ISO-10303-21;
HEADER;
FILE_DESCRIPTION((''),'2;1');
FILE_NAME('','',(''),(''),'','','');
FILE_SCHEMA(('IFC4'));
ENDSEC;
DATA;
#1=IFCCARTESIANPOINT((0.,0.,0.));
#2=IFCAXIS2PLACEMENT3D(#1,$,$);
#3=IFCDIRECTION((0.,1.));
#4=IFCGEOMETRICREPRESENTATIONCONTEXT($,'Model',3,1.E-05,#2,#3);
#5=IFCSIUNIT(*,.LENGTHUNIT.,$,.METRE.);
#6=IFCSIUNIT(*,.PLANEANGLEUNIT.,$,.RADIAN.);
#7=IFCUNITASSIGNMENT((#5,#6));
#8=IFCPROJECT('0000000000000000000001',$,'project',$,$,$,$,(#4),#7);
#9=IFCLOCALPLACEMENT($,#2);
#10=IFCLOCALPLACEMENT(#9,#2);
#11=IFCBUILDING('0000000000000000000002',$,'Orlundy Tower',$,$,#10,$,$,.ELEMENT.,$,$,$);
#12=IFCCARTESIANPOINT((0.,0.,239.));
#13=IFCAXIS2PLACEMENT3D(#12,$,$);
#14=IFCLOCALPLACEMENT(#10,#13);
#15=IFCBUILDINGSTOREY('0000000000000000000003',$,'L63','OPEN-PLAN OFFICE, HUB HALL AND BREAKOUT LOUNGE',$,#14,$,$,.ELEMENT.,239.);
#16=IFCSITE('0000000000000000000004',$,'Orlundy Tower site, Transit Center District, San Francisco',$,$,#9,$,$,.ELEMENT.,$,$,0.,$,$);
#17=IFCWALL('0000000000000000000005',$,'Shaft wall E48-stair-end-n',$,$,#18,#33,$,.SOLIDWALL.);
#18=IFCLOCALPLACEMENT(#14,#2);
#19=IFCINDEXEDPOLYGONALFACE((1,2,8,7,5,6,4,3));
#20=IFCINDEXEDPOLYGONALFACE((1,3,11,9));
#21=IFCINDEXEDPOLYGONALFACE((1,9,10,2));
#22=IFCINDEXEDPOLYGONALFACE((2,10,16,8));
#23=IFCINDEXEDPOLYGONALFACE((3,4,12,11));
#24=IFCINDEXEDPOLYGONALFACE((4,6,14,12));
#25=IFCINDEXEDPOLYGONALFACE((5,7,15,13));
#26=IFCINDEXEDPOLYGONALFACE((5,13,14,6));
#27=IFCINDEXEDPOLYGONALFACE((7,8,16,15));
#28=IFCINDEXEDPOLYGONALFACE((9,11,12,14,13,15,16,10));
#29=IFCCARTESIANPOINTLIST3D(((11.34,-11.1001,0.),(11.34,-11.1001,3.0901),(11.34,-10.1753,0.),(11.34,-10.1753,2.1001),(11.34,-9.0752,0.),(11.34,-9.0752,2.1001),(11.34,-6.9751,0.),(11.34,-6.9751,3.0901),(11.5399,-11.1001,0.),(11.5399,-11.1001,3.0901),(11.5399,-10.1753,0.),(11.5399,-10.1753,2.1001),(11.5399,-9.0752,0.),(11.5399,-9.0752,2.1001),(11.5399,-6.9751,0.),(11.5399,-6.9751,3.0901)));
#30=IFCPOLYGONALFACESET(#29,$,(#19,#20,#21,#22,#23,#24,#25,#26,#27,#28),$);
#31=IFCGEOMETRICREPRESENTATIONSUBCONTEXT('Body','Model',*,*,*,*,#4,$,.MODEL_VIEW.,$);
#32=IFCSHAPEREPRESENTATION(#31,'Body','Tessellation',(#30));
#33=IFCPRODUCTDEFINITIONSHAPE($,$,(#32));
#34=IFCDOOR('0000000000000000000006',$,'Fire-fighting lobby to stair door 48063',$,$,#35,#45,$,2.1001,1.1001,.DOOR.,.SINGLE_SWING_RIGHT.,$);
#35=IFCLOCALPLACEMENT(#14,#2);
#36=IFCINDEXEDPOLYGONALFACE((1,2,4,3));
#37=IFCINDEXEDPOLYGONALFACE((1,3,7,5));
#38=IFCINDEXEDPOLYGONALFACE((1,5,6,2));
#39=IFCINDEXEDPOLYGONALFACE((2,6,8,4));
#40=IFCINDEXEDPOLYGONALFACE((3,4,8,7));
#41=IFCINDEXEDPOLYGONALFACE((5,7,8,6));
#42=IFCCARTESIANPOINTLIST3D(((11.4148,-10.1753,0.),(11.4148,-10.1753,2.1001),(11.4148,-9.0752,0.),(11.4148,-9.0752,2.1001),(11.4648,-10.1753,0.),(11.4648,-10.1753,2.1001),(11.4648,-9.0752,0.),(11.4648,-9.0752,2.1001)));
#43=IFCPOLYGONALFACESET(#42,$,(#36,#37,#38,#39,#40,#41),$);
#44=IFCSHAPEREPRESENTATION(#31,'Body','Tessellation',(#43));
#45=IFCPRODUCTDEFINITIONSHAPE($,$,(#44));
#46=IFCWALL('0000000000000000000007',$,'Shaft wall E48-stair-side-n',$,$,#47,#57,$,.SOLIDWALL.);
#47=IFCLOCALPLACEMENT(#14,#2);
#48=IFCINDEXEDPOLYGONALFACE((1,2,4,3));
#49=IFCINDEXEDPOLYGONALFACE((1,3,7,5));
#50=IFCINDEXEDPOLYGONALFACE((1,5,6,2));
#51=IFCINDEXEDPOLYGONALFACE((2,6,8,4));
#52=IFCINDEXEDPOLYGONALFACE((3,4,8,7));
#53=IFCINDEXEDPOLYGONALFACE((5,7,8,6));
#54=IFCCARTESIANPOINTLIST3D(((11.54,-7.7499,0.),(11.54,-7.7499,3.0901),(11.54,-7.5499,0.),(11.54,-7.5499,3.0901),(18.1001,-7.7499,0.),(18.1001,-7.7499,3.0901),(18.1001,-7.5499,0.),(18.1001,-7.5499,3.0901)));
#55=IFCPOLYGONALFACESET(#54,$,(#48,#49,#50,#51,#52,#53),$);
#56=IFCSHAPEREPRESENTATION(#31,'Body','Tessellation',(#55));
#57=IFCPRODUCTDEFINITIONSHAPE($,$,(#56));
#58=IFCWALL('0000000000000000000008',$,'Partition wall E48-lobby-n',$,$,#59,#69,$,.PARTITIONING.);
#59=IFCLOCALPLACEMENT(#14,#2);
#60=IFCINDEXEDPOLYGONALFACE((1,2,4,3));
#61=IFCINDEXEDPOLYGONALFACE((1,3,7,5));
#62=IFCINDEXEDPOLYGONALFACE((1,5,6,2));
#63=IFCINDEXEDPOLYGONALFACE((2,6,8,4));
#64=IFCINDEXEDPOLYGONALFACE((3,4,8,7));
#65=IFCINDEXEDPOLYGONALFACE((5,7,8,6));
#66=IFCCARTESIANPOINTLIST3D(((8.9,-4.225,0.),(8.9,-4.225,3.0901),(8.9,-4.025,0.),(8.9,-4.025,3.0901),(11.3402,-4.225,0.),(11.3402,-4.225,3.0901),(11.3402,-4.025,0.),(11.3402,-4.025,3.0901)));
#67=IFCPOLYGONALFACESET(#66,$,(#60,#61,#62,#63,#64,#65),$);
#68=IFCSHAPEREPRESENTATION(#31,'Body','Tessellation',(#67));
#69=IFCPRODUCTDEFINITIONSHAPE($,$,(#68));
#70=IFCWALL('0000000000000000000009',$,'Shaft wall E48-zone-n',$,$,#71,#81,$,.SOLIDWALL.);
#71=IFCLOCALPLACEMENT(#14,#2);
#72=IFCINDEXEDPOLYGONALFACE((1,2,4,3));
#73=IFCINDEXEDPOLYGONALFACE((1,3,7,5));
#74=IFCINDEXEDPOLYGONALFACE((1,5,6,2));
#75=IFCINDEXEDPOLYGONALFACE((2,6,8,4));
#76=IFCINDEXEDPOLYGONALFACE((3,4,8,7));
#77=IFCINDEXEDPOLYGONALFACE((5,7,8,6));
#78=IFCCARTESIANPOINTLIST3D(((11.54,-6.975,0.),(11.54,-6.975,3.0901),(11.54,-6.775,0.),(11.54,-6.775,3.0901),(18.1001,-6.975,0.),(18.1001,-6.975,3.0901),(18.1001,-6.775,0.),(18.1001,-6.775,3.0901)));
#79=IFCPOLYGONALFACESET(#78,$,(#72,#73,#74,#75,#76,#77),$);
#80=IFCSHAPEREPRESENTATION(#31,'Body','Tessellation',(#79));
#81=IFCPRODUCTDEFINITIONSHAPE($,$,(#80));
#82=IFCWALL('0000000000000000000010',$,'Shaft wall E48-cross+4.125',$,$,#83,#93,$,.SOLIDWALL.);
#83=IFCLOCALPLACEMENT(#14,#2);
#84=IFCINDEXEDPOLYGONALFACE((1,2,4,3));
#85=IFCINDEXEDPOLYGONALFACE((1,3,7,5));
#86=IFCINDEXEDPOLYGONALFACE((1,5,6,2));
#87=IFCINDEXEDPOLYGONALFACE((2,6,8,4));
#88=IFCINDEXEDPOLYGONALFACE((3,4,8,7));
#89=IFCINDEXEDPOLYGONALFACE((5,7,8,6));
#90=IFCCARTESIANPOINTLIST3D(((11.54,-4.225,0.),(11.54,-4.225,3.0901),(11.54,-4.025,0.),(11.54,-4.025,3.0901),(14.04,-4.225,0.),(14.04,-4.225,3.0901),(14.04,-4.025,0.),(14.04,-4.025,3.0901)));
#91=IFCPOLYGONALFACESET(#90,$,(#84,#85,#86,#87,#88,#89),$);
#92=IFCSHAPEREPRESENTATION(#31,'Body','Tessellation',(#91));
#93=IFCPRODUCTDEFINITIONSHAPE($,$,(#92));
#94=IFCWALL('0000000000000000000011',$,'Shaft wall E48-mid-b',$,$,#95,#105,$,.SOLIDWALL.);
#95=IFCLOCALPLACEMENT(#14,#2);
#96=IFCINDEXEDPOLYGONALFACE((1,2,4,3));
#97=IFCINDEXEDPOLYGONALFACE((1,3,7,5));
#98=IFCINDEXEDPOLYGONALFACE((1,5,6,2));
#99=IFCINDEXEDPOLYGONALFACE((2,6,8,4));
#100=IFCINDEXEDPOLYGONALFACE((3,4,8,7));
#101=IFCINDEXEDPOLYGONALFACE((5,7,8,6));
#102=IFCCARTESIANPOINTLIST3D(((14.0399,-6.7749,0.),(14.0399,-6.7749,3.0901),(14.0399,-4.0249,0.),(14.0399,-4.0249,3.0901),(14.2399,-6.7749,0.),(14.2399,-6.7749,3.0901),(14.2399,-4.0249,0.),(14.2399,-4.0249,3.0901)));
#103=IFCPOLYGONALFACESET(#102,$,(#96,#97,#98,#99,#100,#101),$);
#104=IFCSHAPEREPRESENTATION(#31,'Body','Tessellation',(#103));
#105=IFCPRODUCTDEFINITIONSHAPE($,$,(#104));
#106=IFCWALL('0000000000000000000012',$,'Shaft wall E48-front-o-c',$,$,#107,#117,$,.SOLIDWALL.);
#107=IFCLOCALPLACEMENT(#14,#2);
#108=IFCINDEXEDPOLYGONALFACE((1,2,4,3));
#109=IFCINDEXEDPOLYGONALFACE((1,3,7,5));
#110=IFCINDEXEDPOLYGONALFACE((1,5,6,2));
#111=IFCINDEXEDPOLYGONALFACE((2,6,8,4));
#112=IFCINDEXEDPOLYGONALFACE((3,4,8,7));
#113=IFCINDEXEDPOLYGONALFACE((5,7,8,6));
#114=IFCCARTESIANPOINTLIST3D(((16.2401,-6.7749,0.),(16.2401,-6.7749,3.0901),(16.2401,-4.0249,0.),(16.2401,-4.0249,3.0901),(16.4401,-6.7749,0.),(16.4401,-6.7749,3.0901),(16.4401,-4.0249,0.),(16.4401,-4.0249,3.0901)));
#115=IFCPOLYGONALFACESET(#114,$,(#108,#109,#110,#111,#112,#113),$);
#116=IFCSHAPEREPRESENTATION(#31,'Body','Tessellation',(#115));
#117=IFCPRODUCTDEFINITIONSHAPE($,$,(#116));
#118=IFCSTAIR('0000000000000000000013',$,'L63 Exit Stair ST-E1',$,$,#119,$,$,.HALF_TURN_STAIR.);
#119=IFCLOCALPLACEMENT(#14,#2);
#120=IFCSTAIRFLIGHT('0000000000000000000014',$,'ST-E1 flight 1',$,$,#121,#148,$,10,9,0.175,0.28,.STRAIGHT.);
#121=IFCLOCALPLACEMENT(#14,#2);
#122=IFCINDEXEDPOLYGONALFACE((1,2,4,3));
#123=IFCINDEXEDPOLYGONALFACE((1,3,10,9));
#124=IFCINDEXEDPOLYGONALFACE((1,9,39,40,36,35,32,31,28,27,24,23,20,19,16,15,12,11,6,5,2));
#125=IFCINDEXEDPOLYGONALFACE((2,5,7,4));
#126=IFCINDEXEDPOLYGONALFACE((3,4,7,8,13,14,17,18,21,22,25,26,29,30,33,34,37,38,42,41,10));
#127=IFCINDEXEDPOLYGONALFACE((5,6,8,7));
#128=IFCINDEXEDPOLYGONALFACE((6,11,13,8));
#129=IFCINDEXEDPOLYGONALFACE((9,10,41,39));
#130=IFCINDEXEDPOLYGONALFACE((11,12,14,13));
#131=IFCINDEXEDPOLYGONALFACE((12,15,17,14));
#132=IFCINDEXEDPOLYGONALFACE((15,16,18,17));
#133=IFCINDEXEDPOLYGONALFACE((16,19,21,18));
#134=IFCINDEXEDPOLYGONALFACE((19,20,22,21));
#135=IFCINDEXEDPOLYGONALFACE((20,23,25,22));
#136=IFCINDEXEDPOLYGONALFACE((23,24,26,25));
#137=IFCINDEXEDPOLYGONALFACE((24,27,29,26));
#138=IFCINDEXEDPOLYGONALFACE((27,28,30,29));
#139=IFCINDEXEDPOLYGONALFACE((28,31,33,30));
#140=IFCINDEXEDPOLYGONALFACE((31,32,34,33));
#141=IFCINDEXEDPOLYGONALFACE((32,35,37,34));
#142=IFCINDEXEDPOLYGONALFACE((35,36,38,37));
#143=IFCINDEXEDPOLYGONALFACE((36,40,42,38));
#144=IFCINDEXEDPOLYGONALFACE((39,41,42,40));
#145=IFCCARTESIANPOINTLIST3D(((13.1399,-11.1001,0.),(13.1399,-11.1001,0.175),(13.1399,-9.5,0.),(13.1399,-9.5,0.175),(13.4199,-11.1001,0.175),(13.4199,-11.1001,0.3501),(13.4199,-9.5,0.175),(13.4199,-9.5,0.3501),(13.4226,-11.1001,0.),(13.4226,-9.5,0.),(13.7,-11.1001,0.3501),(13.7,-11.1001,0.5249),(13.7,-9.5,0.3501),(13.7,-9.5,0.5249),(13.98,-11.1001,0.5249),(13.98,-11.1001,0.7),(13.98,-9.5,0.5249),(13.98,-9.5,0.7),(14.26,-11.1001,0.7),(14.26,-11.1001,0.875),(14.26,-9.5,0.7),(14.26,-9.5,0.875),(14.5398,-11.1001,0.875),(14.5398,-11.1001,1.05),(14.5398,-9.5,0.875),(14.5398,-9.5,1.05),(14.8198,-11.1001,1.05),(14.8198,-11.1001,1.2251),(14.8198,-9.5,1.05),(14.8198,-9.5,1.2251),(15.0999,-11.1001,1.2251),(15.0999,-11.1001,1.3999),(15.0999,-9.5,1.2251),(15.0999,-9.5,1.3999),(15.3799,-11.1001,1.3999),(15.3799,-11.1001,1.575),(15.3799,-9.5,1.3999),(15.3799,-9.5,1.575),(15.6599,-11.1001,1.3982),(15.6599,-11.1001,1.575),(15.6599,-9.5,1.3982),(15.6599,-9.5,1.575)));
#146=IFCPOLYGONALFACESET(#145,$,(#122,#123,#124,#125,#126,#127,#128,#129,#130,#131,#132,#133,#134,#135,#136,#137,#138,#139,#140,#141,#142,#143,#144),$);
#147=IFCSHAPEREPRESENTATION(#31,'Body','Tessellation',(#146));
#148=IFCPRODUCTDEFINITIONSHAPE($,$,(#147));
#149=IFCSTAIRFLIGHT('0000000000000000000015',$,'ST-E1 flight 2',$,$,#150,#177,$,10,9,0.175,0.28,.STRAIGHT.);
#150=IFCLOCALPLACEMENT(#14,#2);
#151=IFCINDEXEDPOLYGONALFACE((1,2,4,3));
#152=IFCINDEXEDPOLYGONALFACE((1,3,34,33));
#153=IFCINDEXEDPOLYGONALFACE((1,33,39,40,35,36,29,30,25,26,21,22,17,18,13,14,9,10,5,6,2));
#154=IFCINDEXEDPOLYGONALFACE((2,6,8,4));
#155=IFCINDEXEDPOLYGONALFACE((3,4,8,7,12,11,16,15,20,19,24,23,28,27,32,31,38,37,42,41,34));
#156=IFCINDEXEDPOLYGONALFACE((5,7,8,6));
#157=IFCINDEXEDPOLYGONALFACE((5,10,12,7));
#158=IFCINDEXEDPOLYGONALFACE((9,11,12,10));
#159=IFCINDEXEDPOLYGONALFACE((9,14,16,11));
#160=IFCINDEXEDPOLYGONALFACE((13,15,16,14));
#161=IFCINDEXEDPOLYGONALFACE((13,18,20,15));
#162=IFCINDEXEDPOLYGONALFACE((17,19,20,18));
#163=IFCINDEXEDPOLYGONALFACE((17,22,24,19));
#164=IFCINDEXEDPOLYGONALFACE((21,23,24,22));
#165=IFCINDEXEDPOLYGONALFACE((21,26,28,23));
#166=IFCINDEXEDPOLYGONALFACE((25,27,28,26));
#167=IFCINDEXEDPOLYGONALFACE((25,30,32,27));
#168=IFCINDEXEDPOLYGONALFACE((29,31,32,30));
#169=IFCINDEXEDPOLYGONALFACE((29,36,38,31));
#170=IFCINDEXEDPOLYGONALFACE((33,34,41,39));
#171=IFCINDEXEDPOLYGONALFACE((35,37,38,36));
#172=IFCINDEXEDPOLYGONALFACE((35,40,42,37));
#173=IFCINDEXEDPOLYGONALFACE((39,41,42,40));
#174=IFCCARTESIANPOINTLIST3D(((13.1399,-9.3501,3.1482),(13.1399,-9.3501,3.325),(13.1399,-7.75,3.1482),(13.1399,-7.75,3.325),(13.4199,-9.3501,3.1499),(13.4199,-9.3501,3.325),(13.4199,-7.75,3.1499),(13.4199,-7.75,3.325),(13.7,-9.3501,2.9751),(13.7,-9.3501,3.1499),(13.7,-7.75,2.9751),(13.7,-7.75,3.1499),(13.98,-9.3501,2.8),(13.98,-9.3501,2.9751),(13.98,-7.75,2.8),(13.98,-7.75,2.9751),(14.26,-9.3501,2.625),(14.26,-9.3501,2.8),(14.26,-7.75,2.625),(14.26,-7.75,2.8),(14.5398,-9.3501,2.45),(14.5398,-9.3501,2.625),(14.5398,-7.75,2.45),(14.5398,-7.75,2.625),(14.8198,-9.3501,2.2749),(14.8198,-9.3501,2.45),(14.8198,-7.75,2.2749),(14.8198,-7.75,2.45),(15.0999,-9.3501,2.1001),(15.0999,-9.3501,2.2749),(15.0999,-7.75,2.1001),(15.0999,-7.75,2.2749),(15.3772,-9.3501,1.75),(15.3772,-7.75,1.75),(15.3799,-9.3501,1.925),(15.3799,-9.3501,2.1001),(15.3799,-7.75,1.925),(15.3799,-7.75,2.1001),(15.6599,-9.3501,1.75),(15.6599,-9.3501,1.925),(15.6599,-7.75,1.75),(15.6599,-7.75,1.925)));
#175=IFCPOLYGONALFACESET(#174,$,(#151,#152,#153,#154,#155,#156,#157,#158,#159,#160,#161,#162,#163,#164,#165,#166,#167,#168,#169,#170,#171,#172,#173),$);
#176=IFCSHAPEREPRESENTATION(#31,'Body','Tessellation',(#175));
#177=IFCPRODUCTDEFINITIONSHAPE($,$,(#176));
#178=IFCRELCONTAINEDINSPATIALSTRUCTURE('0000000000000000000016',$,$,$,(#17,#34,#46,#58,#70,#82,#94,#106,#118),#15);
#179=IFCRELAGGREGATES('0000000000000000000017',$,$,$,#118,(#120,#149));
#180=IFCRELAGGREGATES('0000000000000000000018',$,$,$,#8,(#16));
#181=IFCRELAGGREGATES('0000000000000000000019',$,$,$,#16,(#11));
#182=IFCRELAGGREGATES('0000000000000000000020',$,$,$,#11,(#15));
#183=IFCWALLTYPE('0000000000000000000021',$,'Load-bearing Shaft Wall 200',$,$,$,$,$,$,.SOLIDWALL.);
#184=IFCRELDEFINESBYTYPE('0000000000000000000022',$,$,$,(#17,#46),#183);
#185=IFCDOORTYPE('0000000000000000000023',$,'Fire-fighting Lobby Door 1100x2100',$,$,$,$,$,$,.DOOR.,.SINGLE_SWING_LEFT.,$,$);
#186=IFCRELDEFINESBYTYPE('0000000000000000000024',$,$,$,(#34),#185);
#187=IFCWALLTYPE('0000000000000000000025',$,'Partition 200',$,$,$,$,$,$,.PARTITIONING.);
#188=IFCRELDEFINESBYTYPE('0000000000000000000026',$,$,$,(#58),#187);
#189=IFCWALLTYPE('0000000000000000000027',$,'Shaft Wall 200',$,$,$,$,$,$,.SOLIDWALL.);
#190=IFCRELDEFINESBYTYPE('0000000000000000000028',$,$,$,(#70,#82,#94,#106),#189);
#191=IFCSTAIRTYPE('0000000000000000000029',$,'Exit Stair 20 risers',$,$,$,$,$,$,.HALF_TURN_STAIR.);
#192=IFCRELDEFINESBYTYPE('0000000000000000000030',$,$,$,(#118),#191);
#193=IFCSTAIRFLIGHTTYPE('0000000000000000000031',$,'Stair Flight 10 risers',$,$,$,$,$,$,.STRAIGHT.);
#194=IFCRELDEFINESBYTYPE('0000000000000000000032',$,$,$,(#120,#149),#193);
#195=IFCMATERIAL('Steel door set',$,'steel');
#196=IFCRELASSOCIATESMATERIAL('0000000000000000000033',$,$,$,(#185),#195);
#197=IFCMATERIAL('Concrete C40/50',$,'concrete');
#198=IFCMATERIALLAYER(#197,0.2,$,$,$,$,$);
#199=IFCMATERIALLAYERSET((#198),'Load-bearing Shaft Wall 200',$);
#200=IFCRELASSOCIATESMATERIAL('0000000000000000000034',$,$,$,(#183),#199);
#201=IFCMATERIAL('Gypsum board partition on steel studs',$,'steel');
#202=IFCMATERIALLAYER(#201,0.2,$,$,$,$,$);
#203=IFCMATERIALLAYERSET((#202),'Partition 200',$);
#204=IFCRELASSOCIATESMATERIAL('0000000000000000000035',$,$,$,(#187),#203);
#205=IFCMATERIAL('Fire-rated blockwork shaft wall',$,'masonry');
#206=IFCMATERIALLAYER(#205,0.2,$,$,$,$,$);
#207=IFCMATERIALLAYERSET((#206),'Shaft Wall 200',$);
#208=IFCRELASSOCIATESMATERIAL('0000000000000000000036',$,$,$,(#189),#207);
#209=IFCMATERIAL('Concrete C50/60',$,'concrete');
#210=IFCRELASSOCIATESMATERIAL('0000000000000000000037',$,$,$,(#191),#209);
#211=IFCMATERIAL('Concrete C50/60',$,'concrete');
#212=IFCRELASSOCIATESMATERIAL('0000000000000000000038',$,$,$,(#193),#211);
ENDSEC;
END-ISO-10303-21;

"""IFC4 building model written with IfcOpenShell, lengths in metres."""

from ifc_helpers import new_model, si_unit, direction, frame, frame_2d, origin, place, context, subcontext, project, spatial, polyline, rectangle, outline, extrude, material, layer, layer_set, type_object, element, fill, aggregate, save


model = new_model("IFC4")

# Units and contexts
model_context = context("Model", 3, precision=1e-05, world=origin(), true_north=direction((0.0, 1.0)))
body_context = subcontext(model_context, "Body", "Model", "MODEL_VIEW")
ifc_project = project(units=[si_unit("LENGTHUNIT", "METRE"), si_unit("PLANEANGLEUNIT", "RADIAN")], contexts=[model_context])

# Site, building, storey
site_placement = place(None, origin())
site = spatial("IfcSite", under=ifc_project, at=site_placement, Name="Orlundy Tower site, Transit Center District, San Francisco", CompositionType="ELEMENT", RefElevation=0.0)
building_placement = place(site_placement, origin())
building = spatial("IfcBuilding", under=site, at=building_placement, Name="Orlundy Tower", CompositionType="ELEMENT")
storey_placement = place(building_placement, frame((0.0, 0.0, 239.0)))
storey = spatial("IfcBuildingStorey", under=building, at=storey_placement, Name="L63", Description="OPEN-PLAN OFFICE, HUB HALL AND BREAKOUT LOUNGE", CompositionType="ELEMENT", Elevation=239.0)

# Shared definitions
ifc_material_1 = material(Name="Steel door set", Category="steel")
door_type_1 = type_object("IfcDoorType", Name="Fire-fighting Lobby Door 1100x2100", OperationType="SINGLE_SWING_LEFT", PredefinedType="DOOR", material=ifc_material_1)

# Wall, opening, door
ifc_material_2 = material(Name="Concrete C40/50", Category="concrete")
ifc_layer_1 = layer(ifc_material_2, 0.2)
ifc_layer_set_1 = layer_set([ifc_layer_1], Name="Load-bearing Shaft Wall 200")
wall_type_1 = type_object("IfcWallType", Name="Load-bearing Shaft Wall 200", PredefinedType="SOLIDWALL", material=ifc_layer_set_1)
wall_1_placement = place(storey_placement, frame((11.4399, -6.9751, 0.0), z_axis=(0.0, 0.0, 1.0), x_axis=(0.0, -1.0, 0.0)))
wall_1 = element("IfcWall", 1, at=wall_1_placement, inside=storey, type_object=wall_type_1, Name="Shaft wall E48-stair-end-n", PredefinedType="SOLIDWALL", context=body_context, shape_type="SweptSolid", body=[
    extrude(rectangle(XDim=4.125, YDim=0.2, at=frame_2d((2.0625, 0.0))), origin(), (0.0, 0.0, 1.0), 3.0901),
])
opening_1_placement = place(wall_1_placement, frame((2.1001, 0.0, 0.0)))
opening_1 = element("IfcOpeningElement", 2, at=opening_1_placement, cuts=wall_1, PredefinedType="OPENING", context=body_context, shape_type="SweptSolid", body=[
    extrude(rectangle(XDim=1.1001, YDim=2.1001, at=frame_2d((0.55, 1.05))), frame((0.0, 0.1101, 0.0), z_axis=(0.0, -1.0, 0.0), x_axis=(1.0, 0.0, 0.0)), (0.0, 0.0, 1.0), 0.2202),
])
door_1_placement = place(opening_1_placement, origin())
door_1 = element("IfcDoor", 3, at=door_1_placement, inside=storey, type_object=door_type_1, Name="Fire-fighting lobby to stair door 48063", OperationType="SINGLE_SWING_RIGHT", OverallHeight=2.1001, OverallWidth=1.1001, PredefinedType="DOOR", context=body_context, shape_type="SweptSolid", body=[
    extrude(rectangle(XDim=1.1001, YDim=2.1001, at=frame_2d((0.55, 1.05))), frame((0.0, 0.0249, 0.0), z_axis=(0.0, -1.0, 0.0), x_axis=(1.0, 0.0, 0.0)), (0.0, 0.0, 1.0), 0.05),
])
fill(opening_1, door_1)

# Walls
wall_2_placement = place(storey_placement, frame((11.54, -7.6499, 0.0), z_axis=(0.0, 0.0, 1.0), x_axis=(1.0, 0.0, 0.0)))
element("IfcWall", 4, at=wall_2_placement, inside=storey, type_object=wall_type_1, Name="Shaft wall E48-stair-side-n", PredefinedType="SOLIDWALL", context=body_context, shape_type="SweptSolid", body=[
    extrude(rectangle(XDim=6.5601, YDim=0.2, at=frame_2d((3.28, 0.0))), origin(), (0.0, 0.0, 1.0), 3.0901),
])
ifc_material_3 = material(Name="Gypsum board partition on steel studs", Category="steel")
ifc_layer_2 = layer(ifc_material_3, 0.2)
ifc_layer_set_2 = layer_set([ifc_layer_2], Name="Partition 200")
wall_type_2 = type_object("IfcWallType", Name="Partition 200", PredefinedType="PARTITIONING", material=ifc_layer_set_2)
wall_3_placement = place(storey_placement, frame((8.8999, -4.125, 0.0), z_axis=(0.0, 0.0, 1.0), x_axis=(1.0, 0.0, 0.0)))
element("IfcWall", 5, at=wall_3_placement, inside=storey, type_object=wall_type_2, Name="Partition wall E48-lobby-n", PredefinedType="PARTITIONING", context=body_context, shape_type="SweptSolid", body=[
    extrude(rectangle(XDim=2.4402, YDim=0.2, at=frame_2d((1.2202, 0.0))), origin(), (0.0, 0.0, 1.0), 3.0901),
])
ifc_material_4 = material(Name="Fire-rated blockwork shaft wall", Category="masonry")
ifc_layer_3 = layer(ifc_material_4, 0.2)
ifc_layer_set_3 = layer_set([ifc_layer_3], Name="Shaft Wall 200")
wall_type_3 = type_object("IfcWallType", Name="Shaft Wall 200", PredefinedType="SOLIDWALL", material=ifc_layer_set_3)
wall_4_placement = place(storey_placement, frame((11.54, -6.875, 0.0), z_axis=(0.0, 0.0, 1.0), x_axis=(1.0, 0.0, 0.0)))
element("IfcWall", 6, at=wall_4_placement, inside=storey, type_object=wall_type_3, Name="Shaft wall E48-zone-n", PredefinedType="SOLIDWALL", context=body_context, shape_type="SweptSolid", body=[
    extrude(rectangle(XDim=6.5601, YDim=0.2, at=frame_2d((3.28, 0.0))), origin(), (0.0, 0.0, 1.0), 3.0901),
])
wall_5_placement = place(storey_placement, frame((11.54, -4.125, 0.0), z_axis=(0.0, 0.0, 1.0), x_axis=(1.0, 0.0, 0.0)))
element("IfcWall", 7, at=wall_5_placement, inside=storey, type_object=wall_type_3, Name="Shaft wall E48-cross+4.125", PredefinedType="SOLIDWALL", context=body_context, shape_type="SweptSolid", body=[
    extrude(rectangle(XDim=2.5, YDim=0.2, at=frame_2d((1.25, 0.0))), origin(), (0.0, 0.0, 1.0), 3.0901),
])
for number, where, z_axis, x_axis, name in (
    (8, (14.1399, -4.0249, 0.0), (0.0, 0.0, 1.0), (0.0, -1.0, 0.0), "Shaft wall E48-mid-b"),
    (9, (16.3401, -4.0249, 0.0), (0.0, 0.0, 1.0), (0.0, -1.0, 0.0), "Shaft wall E48-front-o-c"),
):
    element("IfcWall", number, at=place(storey_placement, frame(where, z_axis=z_axis, x_axis=x_axis)), inside=storey, type_object=wall_type_3, Name=name, PredefinedType="SOLIDWALL", context=body_context, shape_type="SweptSolid", body=[
        extrude(rectangle(XDim=2.75, YDim=0.2, at=frame_2d((1.375, 0.0))), origin(), (0.0, 0.0, 1.0), 3.0901),
    ])

# Stair, stair flights
ifc_material_5 = material(Name="Concrete C50/60", Category="concrete")
stair_type = type_object("IfcStairType", Name="Exit Stair 20 risers", PredefinedType="HALF_TURN_STAIR", material=ifc_material_5)
stair_placement = place(storey_placement, origin())
stair = element("IfcStair", 10, at=stair_placement, inside=storey, type_object=stair_type, Name="L63 Exit Stair ST-E1", PredefinedType="HALF_TURN_STAIR")
ifc_material_6 = material(Name="Concrete C50/60", Category="concrete")
stair_flight_type = type_object("IfcStairFlightType", Name="Stair Flight 10 risers", PredefinedType="STRAIGHT", material=ifc_material_6)
stair_flight_1_placement = place(storey_placement, frame((13.1399, -10.3, 0.0), z_axis=(0.0, 0.0, 1.0), x_axis=(1.0, 0.0, 0.0)))
stair_flight_1 = element("IfcStairFlight", 11, at=stair_flight_1_placement, type_object=stair_flight_type, Name="ST-E1 flight 1", NumberOfRisers=10, NumberOfTreads=9, PredefinedType="STRAIGHT", RiserHeight=0.175, TreadLength=0.28, context=body_context, shape_type="SweptSolid", body=[
    extrude(outline(polyline([(0.0, 0.0), (0.0, 0.175), (0.28, 0.175), (0.28, 0.3501), (0.5601, 0.3501), (0.5601, 0.5249), (0.8401, 0.5249), (0.8401, 0.7), (1.1201, 0.7), (1.1201, 0.875), (1.3999, 0.875), (1.3999, 1.05), (1.6799, 1.05), (1.6799, 1.2251), (1.96, 1.2251), (1.96, 1.3999), (2.24, 1.3999), (2.24, 1.575), (2.52, 1.575), (2.52, 1.75), (2.52, 1.3982), (0.2827, 0.0), (0.0, 0.0)])), frame((0.0, 0.8, 0.0), z_axis=(0.0, -1.0, 0.0), x_axis=(1.0, 0.0, 0.0)), (0.0, 0.0, 1.0), 1.6001),
])
stair_flight_2_placement = place(storey_placement, frame((15.6599, -8.55, 1.75), z_axis=(0.0, 0.0, 1.0), x_axis=(-1.0, 0.0, 0.0)))
stair_flight_2 = element("IfcStairFlight", 12, at=stair_flight_2_placement, type_object=stair_flight_type, Name="ST-E1 flight 2", NumberOfRisers=10, NumberOfTreads=9, PredefinedType="STRAIGHT", RiserHeight=0.175, TreadLength=0.28, context=body_context, shape_type="SweptSolid", body=[
    extrude(outline(polyline([(0.0, 0.0), (0.0, 0.175), (0.28, 0.175), (0.28, 0.3501), (0.5601, 0.3501), (0.5601, 0.5249), (0.8401, 0.5249), (0.8401, 0.7), (1.1201, 0.7), (1.1201, 0.875), (1.3999, 0.875), (1.3999, 1.05), (1.6799, 1.05), (1.6799, 1.2251), (1.96, 1.2251), (1.96, 1.3999), (2.24, 1.3999), (2.24, 1.575), (2.52, 1.575), (2.52, 1.75), (2.52, 1.3982), (0.2827, 0.0), (0.0, 0.0)])), frame((0.0, 0.8, 0.0), z_axis=(0.0, -1.0, 0.0), x_axis=(1.0, 0.0, 0.0)), (0.0, 0.0, 1.0), 1.6001),
])
aggregate(stair, [stair_flight_1, stair_flight_2])

save(model, "model.ifc")
